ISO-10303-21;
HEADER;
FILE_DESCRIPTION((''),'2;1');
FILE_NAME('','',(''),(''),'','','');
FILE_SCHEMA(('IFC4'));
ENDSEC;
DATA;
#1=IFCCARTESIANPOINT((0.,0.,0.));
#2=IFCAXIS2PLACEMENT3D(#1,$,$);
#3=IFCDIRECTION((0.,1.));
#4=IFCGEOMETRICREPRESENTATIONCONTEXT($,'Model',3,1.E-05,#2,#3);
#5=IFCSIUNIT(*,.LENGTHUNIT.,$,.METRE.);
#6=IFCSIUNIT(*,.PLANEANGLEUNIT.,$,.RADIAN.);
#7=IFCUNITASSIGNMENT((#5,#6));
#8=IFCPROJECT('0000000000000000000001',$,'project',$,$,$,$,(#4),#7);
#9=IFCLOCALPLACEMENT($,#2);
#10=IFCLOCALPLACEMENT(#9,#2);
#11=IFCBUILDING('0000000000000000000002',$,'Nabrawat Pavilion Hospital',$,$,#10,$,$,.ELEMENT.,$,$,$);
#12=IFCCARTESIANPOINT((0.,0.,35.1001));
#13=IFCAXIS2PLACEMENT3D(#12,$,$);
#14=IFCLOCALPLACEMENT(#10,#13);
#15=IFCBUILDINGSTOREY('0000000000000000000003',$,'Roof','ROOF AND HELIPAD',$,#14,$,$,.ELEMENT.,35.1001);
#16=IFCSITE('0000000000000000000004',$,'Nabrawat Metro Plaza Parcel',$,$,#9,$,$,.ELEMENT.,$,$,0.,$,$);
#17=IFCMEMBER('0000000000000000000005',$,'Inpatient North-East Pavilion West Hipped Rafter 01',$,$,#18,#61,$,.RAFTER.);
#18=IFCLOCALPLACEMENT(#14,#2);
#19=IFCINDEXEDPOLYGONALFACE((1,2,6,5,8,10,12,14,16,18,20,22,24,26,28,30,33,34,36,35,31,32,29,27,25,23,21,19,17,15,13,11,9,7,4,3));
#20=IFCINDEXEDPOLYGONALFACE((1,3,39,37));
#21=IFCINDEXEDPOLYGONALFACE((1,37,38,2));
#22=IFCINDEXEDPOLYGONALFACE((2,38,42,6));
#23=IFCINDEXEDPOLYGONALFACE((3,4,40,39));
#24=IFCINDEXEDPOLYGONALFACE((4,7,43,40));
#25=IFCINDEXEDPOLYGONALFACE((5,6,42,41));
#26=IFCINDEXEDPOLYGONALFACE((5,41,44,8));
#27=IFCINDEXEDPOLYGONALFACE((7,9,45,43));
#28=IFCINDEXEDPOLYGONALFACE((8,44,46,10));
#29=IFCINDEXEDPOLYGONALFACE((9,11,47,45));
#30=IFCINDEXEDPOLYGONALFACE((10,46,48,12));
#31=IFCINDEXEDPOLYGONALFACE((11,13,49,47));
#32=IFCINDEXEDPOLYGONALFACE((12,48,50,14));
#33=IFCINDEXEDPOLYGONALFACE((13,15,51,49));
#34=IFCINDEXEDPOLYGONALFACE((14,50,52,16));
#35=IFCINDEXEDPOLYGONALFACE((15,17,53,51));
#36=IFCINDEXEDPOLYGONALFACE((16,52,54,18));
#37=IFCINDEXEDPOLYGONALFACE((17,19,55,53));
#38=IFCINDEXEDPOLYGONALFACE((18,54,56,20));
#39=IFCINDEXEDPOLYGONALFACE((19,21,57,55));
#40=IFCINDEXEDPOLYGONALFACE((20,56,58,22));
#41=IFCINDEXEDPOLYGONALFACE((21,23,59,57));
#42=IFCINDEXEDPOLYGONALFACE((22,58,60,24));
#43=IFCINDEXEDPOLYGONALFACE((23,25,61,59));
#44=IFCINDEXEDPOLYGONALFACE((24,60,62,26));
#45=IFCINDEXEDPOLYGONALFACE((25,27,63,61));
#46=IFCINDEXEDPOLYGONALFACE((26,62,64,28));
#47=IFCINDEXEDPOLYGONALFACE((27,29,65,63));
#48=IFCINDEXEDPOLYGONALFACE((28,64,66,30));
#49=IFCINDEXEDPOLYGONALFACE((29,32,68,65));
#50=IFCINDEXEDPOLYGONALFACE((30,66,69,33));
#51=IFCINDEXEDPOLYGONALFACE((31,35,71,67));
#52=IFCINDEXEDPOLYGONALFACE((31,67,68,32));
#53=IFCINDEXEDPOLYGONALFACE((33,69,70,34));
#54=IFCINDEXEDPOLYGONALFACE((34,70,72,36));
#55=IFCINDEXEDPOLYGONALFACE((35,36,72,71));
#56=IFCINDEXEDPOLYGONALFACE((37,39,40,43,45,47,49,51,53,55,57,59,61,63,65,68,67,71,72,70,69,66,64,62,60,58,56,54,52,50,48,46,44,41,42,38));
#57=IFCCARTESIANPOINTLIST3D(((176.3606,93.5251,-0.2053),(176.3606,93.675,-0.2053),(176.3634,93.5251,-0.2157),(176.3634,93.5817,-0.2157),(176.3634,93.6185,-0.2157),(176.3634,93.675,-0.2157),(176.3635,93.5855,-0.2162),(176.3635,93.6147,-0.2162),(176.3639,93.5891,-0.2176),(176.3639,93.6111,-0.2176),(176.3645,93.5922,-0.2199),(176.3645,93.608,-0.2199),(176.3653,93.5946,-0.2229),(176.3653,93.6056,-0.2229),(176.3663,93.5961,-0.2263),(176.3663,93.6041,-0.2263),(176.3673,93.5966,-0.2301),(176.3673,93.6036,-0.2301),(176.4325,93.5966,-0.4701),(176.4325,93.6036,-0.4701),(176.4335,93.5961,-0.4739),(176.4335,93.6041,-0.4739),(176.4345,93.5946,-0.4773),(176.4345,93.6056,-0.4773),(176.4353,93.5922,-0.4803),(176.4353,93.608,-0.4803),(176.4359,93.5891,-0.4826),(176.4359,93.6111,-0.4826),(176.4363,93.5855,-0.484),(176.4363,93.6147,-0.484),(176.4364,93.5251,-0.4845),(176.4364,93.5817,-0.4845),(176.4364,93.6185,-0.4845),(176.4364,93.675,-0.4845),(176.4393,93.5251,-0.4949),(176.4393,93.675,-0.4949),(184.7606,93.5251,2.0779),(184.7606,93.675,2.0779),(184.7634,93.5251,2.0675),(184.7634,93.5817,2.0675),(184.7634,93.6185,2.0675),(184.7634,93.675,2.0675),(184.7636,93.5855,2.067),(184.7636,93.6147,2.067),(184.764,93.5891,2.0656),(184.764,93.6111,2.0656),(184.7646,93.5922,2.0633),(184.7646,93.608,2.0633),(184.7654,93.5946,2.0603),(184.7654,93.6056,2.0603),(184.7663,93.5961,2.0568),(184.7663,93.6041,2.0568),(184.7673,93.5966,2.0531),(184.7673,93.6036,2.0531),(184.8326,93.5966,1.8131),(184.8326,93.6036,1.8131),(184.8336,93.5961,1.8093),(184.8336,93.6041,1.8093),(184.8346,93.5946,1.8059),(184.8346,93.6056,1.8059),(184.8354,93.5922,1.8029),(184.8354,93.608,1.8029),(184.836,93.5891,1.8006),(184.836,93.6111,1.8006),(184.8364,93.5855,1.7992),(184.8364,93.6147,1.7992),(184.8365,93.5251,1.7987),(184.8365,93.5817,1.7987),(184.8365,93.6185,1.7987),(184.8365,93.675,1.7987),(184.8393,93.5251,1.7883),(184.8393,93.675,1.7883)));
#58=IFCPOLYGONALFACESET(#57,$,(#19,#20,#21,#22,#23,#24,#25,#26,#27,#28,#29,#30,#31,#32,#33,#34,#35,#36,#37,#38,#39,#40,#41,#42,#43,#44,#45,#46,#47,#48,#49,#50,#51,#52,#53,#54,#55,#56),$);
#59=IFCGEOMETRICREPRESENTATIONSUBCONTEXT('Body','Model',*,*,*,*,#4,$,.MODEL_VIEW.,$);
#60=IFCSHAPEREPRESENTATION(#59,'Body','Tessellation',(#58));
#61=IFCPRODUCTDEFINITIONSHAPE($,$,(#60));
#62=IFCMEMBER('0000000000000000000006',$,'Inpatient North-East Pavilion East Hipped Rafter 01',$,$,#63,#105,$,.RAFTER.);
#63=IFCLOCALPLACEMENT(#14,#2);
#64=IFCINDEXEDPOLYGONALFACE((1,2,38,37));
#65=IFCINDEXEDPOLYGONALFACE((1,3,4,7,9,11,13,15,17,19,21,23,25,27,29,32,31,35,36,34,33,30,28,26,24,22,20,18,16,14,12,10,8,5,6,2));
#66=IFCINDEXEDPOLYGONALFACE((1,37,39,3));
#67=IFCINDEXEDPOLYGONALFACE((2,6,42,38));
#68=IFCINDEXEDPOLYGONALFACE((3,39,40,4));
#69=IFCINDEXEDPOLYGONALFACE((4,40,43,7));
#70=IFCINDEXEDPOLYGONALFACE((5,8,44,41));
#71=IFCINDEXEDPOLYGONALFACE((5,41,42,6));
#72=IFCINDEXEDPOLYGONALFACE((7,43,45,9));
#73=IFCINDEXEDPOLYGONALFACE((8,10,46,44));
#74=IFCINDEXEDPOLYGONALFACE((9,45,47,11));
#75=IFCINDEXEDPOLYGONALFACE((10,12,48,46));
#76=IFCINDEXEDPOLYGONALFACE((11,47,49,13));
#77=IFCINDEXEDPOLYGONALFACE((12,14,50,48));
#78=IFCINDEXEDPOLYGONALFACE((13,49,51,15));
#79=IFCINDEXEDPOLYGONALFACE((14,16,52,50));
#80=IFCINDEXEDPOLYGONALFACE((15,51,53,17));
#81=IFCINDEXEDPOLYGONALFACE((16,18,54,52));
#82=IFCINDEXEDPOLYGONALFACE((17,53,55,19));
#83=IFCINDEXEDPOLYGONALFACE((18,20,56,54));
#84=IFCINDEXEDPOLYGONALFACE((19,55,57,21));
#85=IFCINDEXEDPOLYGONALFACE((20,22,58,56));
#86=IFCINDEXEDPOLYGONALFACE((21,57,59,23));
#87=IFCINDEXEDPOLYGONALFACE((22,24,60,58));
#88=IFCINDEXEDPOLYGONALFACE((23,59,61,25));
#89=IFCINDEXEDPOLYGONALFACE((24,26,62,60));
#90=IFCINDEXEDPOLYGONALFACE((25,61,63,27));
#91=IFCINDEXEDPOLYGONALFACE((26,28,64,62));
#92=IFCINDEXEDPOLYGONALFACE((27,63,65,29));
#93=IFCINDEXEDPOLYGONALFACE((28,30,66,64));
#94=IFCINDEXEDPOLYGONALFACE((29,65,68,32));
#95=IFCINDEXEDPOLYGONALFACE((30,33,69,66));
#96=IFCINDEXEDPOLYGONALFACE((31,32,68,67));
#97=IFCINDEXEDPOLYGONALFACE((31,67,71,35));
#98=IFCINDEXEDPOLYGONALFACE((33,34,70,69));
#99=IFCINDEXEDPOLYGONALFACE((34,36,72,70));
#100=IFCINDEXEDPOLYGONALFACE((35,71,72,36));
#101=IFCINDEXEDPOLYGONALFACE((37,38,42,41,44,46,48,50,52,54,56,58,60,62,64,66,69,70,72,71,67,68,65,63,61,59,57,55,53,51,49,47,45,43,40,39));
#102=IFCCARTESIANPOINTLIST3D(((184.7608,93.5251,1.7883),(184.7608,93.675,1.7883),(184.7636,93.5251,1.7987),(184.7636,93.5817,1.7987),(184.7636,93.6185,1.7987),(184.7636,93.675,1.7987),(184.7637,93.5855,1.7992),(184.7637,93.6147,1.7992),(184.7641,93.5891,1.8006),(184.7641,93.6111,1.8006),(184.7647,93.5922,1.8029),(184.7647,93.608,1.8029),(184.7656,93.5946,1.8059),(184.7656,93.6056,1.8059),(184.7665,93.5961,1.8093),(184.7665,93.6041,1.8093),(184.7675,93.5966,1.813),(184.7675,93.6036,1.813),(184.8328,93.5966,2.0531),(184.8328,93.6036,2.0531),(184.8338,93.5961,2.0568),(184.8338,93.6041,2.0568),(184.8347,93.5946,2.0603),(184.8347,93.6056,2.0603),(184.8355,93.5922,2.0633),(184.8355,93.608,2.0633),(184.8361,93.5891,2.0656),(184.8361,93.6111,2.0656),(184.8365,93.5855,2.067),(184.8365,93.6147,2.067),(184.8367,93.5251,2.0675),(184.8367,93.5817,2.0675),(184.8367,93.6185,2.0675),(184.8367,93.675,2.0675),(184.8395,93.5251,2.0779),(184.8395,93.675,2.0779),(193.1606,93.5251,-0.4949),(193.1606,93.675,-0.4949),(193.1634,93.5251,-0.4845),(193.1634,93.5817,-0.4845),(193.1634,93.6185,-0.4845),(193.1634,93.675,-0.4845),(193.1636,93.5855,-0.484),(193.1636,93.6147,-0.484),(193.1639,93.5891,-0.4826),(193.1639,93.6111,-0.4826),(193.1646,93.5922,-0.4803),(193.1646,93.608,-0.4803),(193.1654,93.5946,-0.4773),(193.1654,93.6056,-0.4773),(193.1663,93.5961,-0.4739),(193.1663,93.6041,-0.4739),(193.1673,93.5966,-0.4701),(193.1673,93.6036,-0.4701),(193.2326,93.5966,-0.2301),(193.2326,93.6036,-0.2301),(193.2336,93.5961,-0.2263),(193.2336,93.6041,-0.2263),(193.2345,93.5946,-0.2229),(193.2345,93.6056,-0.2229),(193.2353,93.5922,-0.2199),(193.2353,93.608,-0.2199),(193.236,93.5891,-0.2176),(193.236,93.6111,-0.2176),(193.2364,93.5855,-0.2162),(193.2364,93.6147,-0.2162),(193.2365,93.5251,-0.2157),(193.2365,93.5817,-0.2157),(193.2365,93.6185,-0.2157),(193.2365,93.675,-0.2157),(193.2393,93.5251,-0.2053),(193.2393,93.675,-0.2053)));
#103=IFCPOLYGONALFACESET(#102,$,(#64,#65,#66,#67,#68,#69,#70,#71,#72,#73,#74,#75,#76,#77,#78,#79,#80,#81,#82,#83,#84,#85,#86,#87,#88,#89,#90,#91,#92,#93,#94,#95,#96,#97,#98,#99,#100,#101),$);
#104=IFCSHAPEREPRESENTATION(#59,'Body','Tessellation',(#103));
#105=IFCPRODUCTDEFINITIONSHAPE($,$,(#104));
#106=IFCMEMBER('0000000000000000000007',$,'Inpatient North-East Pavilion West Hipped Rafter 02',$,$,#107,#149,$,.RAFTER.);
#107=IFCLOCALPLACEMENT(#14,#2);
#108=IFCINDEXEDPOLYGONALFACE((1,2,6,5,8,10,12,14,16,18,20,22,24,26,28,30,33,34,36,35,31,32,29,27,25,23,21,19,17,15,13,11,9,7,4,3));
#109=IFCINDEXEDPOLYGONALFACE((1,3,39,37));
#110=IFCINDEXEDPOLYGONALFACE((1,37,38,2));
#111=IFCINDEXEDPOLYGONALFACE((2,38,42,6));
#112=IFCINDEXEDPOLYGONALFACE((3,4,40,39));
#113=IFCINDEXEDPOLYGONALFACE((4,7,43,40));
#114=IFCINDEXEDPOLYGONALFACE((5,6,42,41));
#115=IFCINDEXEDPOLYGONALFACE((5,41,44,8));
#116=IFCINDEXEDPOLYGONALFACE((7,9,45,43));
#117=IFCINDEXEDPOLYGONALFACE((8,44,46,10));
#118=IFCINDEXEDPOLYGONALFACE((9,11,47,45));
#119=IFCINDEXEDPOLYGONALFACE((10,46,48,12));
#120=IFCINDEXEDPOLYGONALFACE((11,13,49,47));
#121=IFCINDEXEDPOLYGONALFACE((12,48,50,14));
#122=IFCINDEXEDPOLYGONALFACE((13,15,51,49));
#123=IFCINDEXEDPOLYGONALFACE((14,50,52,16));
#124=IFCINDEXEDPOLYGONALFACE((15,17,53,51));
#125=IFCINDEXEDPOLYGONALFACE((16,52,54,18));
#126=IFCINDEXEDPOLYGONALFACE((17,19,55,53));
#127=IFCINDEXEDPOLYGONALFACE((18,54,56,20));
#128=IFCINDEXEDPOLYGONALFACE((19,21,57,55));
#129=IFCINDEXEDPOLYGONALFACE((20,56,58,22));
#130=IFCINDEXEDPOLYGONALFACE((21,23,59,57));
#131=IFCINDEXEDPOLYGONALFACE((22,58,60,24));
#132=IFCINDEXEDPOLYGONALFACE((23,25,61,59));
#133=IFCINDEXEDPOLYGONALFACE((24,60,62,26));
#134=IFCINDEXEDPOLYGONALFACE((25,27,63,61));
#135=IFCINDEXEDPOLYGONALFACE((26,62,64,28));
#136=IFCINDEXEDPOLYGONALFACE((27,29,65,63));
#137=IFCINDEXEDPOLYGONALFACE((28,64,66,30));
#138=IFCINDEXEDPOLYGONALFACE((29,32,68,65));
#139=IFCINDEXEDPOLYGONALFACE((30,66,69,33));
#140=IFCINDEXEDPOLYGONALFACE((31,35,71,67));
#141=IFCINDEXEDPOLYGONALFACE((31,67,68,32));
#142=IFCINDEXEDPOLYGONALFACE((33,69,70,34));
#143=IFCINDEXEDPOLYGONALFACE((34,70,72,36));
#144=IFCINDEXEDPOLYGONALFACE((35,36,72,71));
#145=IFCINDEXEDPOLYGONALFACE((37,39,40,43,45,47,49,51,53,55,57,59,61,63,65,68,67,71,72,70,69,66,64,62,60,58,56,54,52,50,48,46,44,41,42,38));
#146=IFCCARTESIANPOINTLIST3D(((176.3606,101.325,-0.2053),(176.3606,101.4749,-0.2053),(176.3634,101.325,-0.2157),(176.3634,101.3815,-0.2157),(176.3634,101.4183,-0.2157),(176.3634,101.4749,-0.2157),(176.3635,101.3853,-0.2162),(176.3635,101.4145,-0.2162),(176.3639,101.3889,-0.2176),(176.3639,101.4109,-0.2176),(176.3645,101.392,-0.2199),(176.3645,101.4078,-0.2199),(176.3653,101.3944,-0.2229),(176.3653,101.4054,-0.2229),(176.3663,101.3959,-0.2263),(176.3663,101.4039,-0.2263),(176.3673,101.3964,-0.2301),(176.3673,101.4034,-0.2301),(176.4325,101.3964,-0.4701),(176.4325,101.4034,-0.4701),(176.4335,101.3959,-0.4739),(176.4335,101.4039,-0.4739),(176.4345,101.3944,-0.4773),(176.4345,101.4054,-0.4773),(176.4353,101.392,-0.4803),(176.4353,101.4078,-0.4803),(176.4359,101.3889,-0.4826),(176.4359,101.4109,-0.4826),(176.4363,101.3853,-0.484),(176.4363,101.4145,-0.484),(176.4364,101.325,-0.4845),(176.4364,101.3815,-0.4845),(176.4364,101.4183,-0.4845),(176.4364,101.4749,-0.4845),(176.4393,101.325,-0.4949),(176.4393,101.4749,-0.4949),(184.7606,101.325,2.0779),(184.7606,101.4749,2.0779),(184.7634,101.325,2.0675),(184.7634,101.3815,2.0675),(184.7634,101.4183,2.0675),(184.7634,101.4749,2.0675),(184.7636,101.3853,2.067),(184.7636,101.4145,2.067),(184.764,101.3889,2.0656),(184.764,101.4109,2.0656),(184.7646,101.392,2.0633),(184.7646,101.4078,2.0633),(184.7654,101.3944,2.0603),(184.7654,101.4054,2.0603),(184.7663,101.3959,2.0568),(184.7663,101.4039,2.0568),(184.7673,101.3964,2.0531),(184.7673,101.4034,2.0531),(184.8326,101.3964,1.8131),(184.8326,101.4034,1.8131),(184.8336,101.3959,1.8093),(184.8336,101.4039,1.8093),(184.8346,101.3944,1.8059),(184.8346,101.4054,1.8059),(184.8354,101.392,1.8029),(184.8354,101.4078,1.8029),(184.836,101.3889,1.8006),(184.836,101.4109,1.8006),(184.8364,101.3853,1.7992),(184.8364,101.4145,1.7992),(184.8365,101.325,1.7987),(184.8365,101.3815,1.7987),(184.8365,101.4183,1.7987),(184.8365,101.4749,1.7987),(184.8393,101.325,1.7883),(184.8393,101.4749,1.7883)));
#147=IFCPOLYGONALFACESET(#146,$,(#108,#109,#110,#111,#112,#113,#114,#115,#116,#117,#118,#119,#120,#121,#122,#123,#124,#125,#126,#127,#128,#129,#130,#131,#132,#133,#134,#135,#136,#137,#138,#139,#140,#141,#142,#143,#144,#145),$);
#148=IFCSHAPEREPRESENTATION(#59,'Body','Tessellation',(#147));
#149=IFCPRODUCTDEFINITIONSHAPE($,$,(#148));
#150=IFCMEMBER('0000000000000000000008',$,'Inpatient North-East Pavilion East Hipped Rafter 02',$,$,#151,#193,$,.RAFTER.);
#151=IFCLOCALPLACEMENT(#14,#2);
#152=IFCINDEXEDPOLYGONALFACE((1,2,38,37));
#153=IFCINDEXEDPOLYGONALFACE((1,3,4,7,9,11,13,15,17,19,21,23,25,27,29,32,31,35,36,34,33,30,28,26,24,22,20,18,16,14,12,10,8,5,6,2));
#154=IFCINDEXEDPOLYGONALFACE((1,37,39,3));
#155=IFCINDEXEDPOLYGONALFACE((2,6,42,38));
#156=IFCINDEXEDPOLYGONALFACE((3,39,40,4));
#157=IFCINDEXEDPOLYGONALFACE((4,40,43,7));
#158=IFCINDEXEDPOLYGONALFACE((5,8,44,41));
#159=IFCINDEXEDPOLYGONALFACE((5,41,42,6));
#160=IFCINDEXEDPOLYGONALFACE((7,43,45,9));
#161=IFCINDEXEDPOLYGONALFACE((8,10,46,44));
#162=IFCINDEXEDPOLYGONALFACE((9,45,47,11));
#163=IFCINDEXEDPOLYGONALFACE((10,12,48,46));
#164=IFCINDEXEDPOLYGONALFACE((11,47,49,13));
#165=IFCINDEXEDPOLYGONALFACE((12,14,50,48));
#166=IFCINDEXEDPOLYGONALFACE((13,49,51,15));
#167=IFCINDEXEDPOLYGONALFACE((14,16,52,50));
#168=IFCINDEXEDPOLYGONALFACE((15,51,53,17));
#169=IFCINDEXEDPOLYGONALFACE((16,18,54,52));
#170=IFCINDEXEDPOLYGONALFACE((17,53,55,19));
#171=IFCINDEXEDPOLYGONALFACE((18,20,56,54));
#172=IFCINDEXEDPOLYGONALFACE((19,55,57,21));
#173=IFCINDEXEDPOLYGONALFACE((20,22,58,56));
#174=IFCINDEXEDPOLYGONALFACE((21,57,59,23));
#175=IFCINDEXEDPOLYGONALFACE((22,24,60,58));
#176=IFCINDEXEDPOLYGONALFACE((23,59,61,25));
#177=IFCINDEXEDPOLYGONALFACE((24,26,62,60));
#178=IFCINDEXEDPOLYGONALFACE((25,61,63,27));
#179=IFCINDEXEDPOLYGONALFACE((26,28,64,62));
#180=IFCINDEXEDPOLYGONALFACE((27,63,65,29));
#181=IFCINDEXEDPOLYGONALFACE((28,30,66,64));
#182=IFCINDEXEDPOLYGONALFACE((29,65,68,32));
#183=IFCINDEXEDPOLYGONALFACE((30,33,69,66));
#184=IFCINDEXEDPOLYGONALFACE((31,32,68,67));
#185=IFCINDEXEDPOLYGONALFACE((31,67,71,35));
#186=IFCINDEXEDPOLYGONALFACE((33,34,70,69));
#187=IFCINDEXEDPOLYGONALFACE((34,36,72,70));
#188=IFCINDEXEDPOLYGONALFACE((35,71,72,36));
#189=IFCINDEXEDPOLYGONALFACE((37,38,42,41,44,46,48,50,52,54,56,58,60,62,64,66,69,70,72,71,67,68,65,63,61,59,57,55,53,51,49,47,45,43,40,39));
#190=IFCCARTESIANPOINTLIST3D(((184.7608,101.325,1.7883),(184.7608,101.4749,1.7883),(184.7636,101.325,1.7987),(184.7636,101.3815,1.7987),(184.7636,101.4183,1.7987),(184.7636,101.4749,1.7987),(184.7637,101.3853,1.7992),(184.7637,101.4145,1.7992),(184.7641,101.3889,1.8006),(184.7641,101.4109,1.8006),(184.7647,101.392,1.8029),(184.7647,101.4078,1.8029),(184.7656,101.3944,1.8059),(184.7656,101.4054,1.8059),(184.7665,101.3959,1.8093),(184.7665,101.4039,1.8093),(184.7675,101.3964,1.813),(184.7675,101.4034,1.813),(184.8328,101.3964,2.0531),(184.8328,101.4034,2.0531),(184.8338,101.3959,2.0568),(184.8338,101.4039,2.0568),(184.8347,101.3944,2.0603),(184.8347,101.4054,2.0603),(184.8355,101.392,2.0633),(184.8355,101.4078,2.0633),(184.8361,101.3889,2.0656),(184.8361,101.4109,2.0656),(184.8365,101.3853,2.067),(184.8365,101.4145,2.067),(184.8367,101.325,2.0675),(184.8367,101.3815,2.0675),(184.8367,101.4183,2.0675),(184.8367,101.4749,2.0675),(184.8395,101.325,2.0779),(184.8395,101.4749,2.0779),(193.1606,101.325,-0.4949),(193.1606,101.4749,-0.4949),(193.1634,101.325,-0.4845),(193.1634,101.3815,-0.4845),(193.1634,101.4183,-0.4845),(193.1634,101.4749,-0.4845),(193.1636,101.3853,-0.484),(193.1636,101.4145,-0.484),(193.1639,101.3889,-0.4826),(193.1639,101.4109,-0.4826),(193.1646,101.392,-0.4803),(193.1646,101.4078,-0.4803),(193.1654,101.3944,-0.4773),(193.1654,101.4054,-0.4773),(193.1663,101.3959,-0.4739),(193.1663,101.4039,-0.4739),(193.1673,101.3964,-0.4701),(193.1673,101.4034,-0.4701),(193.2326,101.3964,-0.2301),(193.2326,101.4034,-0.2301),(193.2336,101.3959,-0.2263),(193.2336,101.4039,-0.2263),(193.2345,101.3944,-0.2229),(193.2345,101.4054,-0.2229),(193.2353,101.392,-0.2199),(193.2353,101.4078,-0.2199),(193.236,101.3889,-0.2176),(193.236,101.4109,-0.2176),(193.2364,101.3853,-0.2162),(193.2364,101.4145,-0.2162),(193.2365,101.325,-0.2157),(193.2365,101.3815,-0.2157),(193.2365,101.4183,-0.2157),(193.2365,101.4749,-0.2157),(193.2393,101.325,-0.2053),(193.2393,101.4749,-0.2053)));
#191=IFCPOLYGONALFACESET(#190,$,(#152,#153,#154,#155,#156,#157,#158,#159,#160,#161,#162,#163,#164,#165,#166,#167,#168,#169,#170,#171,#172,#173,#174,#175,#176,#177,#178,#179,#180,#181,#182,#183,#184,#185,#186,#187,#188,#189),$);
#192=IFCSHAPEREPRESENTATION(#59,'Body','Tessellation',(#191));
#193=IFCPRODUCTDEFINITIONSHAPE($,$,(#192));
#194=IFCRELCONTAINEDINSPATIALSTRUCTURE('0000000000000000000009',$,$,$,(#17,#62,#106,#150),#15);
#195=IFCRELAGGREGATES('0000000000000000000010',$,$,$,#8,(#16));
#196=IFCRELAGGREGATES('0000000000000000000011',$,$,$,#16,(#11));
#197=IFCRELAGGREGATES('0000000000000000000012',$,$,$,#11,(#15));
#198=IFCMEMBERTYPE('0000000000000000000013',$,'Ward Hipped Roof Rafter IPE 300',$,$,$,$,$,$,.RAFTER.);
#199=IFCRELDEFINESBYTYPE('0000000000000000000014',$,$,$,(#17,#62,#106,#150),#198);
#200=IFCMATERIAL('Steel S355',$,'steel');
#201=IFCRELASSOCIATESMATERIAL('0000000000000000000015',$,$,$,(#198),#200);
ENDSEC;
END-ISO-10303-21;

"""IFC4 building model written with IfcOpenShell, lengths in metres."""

from ifc_helpers import new_model, si_unit, direction, frame, origin, origin_2d, place, context, subcontext, project, spatial, i_section, extrude, material, material_profile, profile_set, type_object, element, save


model = new_model("IFC4")

# Units and contexts
model_context = context("Model", 3, precision=1e-05, world=origin(), true_north=direction((0.0, 1.0)))
body_context = subcontext(model_context, "Body", "Model", "MODEL_VIEW")
ifc_project = project(units=[si_unit("LENGTHUNIT", "METRE"), si_unit("PLANEANGLEUNIT", "RADIAN")], contexts=[model_context])

# Site, building, storey
site_placement = place(None, origin())
site = spatial("IfcSite", under=ifc_project, at=site_placement, Name="Nabrawat Metro Plaza Parcel", CompositionType="ELEMENT", RefElevation=0.0)
building_placement = place(site_placement, origin())
building = spatial("IfcBuilding", under=site, at=building_placement, Name="Nabrawat Pavilion Hospital", CompositionType="ELEMENT")
storey_placement = place(building_placement, frame((0.0, 0.0, 35.1001)))
storey = spatial("IfcBuildingStorey", under=building, at=storey_placement, Name="Roof", Description="ROOF AND HELIPAD", CompositionType="ELEMENT", Elevation=35.1001)

# Shared definitions
ifc_material_1 = material(Name="Steel S355", Category="steel")

# Members
ifc_material_profile_1 = material_profile(ifc_material_1, i_section(OverallWidth=0.1499, OverallDepth=0.3, WebThickness=0.0071, FlangeThickness=0.0107, FilletRadius=0.0149, at=origin_2d()), Name="IPE 300")
ifc_profile_set_1 = profile_set([ifc_material_profile_1], Name="Steel S355")
member_type_1 = type_object("IfcMemberType", Name="Ward Hipped Roof Rafter IPE 300", PredefinedType="RAFTER", material=ifc_profile_set_1)
member_1_placement = place(storey_placement, frame((176.3999, 93.6001, -0.3501), z_axis=(0.964989, 0.0, 0.262289), x_axis=(0.0, 1.0, 0.0)))
element("IfcMember", 1, at=member_1_placement, inside=storey, type_object=member_type_1, Name="Inpatient North-East Pavilion West Hipped Rafter 01", PredefinedType="RAFTER", context=body_context, shape_type="SweptSolid", body=[
    extrude(i_section(OverallWidth=0.1499, OverallDepth=0.3, WebThickness=0.0071, FlangeThickness=0.0107, FilletRadius=0.0149, at=origin_2d()), origin(), (0.0, 0.0, 1.0), 8.7048),
])
member_2_placement = place(storey_placement, frame((193.2, 93.6001, -0.3501), z_axis=(-0.964987, 0.0, 0.262296), x_axis=(0.0, -1.0, 0.0)))
element("IfcMember", 2, at=member_2_placement, inside=storey, type_object=member_type_1, Name="Inpatient North-East Pavilion East Hipped Rafter 01", PredefinedType="RAFTER", context=body_context, shape_type="SweptSolid", body=[
    extrude(i_section(OverallWidth=0.1499, OverallDepth=0.3, WebThickness=0.0071, FlangeThickness=0.0107, FilletRadius=0.0149, at=origin_2d()), origin(), (0.0, 0.0, 1.0), 8.7046),
])
member_3_placement = place(storey_placement, frame((176.3999, 101.3999, -0.3501), z_axis=(0.964989, 0.0, 0.262289), x_axis=(0.0, 1.0, 0.0)))
element("IfcMember", 3, at=member_3_placement, inside=storey, type_object=member_type_1, Name="Inpatient North-East Pavilion West Hipped Rafter 02", PredefinedType="RAFTER", context=body_context, shape_type="SweptSolid", body=[
    extrude(i_section(OverallWidth=0.1499, OverallDepth=0.3, WebThickness=0.0071, FlangeThickness=0.0107, FilletRadius=0.0149, at=origin_2d()), origin(), (0.0, 0.0, 1.0), 8.7048),
])
member_4_placement = place(storey_placement, frame((193.2, 101.3999, -0.3501), z_axis=(-0.964987, 0.0, 0.262296), x_axis=(0.0, -1.0, 0.0)))
element("IfcMember", 4, at=member_4_placement, inside=storey, type_object=member_type_1, Name="Inpatient North-East Pavilion East Hipped Rafter 02", PredefinedType="RAFTER", context=body_context, shape_type="SweptSolid", body=[
    extrude(i_section(OverallWidth=0.1499, OverallDepth=0.3, WebThickness=0.0071, FlangeThickness=0.0107, FilletRadius=0.0149, at=origin_2d()), origin(), (0.0, 0.0, 1.0), 8.7046),
])

save(model, "model.ifc")
